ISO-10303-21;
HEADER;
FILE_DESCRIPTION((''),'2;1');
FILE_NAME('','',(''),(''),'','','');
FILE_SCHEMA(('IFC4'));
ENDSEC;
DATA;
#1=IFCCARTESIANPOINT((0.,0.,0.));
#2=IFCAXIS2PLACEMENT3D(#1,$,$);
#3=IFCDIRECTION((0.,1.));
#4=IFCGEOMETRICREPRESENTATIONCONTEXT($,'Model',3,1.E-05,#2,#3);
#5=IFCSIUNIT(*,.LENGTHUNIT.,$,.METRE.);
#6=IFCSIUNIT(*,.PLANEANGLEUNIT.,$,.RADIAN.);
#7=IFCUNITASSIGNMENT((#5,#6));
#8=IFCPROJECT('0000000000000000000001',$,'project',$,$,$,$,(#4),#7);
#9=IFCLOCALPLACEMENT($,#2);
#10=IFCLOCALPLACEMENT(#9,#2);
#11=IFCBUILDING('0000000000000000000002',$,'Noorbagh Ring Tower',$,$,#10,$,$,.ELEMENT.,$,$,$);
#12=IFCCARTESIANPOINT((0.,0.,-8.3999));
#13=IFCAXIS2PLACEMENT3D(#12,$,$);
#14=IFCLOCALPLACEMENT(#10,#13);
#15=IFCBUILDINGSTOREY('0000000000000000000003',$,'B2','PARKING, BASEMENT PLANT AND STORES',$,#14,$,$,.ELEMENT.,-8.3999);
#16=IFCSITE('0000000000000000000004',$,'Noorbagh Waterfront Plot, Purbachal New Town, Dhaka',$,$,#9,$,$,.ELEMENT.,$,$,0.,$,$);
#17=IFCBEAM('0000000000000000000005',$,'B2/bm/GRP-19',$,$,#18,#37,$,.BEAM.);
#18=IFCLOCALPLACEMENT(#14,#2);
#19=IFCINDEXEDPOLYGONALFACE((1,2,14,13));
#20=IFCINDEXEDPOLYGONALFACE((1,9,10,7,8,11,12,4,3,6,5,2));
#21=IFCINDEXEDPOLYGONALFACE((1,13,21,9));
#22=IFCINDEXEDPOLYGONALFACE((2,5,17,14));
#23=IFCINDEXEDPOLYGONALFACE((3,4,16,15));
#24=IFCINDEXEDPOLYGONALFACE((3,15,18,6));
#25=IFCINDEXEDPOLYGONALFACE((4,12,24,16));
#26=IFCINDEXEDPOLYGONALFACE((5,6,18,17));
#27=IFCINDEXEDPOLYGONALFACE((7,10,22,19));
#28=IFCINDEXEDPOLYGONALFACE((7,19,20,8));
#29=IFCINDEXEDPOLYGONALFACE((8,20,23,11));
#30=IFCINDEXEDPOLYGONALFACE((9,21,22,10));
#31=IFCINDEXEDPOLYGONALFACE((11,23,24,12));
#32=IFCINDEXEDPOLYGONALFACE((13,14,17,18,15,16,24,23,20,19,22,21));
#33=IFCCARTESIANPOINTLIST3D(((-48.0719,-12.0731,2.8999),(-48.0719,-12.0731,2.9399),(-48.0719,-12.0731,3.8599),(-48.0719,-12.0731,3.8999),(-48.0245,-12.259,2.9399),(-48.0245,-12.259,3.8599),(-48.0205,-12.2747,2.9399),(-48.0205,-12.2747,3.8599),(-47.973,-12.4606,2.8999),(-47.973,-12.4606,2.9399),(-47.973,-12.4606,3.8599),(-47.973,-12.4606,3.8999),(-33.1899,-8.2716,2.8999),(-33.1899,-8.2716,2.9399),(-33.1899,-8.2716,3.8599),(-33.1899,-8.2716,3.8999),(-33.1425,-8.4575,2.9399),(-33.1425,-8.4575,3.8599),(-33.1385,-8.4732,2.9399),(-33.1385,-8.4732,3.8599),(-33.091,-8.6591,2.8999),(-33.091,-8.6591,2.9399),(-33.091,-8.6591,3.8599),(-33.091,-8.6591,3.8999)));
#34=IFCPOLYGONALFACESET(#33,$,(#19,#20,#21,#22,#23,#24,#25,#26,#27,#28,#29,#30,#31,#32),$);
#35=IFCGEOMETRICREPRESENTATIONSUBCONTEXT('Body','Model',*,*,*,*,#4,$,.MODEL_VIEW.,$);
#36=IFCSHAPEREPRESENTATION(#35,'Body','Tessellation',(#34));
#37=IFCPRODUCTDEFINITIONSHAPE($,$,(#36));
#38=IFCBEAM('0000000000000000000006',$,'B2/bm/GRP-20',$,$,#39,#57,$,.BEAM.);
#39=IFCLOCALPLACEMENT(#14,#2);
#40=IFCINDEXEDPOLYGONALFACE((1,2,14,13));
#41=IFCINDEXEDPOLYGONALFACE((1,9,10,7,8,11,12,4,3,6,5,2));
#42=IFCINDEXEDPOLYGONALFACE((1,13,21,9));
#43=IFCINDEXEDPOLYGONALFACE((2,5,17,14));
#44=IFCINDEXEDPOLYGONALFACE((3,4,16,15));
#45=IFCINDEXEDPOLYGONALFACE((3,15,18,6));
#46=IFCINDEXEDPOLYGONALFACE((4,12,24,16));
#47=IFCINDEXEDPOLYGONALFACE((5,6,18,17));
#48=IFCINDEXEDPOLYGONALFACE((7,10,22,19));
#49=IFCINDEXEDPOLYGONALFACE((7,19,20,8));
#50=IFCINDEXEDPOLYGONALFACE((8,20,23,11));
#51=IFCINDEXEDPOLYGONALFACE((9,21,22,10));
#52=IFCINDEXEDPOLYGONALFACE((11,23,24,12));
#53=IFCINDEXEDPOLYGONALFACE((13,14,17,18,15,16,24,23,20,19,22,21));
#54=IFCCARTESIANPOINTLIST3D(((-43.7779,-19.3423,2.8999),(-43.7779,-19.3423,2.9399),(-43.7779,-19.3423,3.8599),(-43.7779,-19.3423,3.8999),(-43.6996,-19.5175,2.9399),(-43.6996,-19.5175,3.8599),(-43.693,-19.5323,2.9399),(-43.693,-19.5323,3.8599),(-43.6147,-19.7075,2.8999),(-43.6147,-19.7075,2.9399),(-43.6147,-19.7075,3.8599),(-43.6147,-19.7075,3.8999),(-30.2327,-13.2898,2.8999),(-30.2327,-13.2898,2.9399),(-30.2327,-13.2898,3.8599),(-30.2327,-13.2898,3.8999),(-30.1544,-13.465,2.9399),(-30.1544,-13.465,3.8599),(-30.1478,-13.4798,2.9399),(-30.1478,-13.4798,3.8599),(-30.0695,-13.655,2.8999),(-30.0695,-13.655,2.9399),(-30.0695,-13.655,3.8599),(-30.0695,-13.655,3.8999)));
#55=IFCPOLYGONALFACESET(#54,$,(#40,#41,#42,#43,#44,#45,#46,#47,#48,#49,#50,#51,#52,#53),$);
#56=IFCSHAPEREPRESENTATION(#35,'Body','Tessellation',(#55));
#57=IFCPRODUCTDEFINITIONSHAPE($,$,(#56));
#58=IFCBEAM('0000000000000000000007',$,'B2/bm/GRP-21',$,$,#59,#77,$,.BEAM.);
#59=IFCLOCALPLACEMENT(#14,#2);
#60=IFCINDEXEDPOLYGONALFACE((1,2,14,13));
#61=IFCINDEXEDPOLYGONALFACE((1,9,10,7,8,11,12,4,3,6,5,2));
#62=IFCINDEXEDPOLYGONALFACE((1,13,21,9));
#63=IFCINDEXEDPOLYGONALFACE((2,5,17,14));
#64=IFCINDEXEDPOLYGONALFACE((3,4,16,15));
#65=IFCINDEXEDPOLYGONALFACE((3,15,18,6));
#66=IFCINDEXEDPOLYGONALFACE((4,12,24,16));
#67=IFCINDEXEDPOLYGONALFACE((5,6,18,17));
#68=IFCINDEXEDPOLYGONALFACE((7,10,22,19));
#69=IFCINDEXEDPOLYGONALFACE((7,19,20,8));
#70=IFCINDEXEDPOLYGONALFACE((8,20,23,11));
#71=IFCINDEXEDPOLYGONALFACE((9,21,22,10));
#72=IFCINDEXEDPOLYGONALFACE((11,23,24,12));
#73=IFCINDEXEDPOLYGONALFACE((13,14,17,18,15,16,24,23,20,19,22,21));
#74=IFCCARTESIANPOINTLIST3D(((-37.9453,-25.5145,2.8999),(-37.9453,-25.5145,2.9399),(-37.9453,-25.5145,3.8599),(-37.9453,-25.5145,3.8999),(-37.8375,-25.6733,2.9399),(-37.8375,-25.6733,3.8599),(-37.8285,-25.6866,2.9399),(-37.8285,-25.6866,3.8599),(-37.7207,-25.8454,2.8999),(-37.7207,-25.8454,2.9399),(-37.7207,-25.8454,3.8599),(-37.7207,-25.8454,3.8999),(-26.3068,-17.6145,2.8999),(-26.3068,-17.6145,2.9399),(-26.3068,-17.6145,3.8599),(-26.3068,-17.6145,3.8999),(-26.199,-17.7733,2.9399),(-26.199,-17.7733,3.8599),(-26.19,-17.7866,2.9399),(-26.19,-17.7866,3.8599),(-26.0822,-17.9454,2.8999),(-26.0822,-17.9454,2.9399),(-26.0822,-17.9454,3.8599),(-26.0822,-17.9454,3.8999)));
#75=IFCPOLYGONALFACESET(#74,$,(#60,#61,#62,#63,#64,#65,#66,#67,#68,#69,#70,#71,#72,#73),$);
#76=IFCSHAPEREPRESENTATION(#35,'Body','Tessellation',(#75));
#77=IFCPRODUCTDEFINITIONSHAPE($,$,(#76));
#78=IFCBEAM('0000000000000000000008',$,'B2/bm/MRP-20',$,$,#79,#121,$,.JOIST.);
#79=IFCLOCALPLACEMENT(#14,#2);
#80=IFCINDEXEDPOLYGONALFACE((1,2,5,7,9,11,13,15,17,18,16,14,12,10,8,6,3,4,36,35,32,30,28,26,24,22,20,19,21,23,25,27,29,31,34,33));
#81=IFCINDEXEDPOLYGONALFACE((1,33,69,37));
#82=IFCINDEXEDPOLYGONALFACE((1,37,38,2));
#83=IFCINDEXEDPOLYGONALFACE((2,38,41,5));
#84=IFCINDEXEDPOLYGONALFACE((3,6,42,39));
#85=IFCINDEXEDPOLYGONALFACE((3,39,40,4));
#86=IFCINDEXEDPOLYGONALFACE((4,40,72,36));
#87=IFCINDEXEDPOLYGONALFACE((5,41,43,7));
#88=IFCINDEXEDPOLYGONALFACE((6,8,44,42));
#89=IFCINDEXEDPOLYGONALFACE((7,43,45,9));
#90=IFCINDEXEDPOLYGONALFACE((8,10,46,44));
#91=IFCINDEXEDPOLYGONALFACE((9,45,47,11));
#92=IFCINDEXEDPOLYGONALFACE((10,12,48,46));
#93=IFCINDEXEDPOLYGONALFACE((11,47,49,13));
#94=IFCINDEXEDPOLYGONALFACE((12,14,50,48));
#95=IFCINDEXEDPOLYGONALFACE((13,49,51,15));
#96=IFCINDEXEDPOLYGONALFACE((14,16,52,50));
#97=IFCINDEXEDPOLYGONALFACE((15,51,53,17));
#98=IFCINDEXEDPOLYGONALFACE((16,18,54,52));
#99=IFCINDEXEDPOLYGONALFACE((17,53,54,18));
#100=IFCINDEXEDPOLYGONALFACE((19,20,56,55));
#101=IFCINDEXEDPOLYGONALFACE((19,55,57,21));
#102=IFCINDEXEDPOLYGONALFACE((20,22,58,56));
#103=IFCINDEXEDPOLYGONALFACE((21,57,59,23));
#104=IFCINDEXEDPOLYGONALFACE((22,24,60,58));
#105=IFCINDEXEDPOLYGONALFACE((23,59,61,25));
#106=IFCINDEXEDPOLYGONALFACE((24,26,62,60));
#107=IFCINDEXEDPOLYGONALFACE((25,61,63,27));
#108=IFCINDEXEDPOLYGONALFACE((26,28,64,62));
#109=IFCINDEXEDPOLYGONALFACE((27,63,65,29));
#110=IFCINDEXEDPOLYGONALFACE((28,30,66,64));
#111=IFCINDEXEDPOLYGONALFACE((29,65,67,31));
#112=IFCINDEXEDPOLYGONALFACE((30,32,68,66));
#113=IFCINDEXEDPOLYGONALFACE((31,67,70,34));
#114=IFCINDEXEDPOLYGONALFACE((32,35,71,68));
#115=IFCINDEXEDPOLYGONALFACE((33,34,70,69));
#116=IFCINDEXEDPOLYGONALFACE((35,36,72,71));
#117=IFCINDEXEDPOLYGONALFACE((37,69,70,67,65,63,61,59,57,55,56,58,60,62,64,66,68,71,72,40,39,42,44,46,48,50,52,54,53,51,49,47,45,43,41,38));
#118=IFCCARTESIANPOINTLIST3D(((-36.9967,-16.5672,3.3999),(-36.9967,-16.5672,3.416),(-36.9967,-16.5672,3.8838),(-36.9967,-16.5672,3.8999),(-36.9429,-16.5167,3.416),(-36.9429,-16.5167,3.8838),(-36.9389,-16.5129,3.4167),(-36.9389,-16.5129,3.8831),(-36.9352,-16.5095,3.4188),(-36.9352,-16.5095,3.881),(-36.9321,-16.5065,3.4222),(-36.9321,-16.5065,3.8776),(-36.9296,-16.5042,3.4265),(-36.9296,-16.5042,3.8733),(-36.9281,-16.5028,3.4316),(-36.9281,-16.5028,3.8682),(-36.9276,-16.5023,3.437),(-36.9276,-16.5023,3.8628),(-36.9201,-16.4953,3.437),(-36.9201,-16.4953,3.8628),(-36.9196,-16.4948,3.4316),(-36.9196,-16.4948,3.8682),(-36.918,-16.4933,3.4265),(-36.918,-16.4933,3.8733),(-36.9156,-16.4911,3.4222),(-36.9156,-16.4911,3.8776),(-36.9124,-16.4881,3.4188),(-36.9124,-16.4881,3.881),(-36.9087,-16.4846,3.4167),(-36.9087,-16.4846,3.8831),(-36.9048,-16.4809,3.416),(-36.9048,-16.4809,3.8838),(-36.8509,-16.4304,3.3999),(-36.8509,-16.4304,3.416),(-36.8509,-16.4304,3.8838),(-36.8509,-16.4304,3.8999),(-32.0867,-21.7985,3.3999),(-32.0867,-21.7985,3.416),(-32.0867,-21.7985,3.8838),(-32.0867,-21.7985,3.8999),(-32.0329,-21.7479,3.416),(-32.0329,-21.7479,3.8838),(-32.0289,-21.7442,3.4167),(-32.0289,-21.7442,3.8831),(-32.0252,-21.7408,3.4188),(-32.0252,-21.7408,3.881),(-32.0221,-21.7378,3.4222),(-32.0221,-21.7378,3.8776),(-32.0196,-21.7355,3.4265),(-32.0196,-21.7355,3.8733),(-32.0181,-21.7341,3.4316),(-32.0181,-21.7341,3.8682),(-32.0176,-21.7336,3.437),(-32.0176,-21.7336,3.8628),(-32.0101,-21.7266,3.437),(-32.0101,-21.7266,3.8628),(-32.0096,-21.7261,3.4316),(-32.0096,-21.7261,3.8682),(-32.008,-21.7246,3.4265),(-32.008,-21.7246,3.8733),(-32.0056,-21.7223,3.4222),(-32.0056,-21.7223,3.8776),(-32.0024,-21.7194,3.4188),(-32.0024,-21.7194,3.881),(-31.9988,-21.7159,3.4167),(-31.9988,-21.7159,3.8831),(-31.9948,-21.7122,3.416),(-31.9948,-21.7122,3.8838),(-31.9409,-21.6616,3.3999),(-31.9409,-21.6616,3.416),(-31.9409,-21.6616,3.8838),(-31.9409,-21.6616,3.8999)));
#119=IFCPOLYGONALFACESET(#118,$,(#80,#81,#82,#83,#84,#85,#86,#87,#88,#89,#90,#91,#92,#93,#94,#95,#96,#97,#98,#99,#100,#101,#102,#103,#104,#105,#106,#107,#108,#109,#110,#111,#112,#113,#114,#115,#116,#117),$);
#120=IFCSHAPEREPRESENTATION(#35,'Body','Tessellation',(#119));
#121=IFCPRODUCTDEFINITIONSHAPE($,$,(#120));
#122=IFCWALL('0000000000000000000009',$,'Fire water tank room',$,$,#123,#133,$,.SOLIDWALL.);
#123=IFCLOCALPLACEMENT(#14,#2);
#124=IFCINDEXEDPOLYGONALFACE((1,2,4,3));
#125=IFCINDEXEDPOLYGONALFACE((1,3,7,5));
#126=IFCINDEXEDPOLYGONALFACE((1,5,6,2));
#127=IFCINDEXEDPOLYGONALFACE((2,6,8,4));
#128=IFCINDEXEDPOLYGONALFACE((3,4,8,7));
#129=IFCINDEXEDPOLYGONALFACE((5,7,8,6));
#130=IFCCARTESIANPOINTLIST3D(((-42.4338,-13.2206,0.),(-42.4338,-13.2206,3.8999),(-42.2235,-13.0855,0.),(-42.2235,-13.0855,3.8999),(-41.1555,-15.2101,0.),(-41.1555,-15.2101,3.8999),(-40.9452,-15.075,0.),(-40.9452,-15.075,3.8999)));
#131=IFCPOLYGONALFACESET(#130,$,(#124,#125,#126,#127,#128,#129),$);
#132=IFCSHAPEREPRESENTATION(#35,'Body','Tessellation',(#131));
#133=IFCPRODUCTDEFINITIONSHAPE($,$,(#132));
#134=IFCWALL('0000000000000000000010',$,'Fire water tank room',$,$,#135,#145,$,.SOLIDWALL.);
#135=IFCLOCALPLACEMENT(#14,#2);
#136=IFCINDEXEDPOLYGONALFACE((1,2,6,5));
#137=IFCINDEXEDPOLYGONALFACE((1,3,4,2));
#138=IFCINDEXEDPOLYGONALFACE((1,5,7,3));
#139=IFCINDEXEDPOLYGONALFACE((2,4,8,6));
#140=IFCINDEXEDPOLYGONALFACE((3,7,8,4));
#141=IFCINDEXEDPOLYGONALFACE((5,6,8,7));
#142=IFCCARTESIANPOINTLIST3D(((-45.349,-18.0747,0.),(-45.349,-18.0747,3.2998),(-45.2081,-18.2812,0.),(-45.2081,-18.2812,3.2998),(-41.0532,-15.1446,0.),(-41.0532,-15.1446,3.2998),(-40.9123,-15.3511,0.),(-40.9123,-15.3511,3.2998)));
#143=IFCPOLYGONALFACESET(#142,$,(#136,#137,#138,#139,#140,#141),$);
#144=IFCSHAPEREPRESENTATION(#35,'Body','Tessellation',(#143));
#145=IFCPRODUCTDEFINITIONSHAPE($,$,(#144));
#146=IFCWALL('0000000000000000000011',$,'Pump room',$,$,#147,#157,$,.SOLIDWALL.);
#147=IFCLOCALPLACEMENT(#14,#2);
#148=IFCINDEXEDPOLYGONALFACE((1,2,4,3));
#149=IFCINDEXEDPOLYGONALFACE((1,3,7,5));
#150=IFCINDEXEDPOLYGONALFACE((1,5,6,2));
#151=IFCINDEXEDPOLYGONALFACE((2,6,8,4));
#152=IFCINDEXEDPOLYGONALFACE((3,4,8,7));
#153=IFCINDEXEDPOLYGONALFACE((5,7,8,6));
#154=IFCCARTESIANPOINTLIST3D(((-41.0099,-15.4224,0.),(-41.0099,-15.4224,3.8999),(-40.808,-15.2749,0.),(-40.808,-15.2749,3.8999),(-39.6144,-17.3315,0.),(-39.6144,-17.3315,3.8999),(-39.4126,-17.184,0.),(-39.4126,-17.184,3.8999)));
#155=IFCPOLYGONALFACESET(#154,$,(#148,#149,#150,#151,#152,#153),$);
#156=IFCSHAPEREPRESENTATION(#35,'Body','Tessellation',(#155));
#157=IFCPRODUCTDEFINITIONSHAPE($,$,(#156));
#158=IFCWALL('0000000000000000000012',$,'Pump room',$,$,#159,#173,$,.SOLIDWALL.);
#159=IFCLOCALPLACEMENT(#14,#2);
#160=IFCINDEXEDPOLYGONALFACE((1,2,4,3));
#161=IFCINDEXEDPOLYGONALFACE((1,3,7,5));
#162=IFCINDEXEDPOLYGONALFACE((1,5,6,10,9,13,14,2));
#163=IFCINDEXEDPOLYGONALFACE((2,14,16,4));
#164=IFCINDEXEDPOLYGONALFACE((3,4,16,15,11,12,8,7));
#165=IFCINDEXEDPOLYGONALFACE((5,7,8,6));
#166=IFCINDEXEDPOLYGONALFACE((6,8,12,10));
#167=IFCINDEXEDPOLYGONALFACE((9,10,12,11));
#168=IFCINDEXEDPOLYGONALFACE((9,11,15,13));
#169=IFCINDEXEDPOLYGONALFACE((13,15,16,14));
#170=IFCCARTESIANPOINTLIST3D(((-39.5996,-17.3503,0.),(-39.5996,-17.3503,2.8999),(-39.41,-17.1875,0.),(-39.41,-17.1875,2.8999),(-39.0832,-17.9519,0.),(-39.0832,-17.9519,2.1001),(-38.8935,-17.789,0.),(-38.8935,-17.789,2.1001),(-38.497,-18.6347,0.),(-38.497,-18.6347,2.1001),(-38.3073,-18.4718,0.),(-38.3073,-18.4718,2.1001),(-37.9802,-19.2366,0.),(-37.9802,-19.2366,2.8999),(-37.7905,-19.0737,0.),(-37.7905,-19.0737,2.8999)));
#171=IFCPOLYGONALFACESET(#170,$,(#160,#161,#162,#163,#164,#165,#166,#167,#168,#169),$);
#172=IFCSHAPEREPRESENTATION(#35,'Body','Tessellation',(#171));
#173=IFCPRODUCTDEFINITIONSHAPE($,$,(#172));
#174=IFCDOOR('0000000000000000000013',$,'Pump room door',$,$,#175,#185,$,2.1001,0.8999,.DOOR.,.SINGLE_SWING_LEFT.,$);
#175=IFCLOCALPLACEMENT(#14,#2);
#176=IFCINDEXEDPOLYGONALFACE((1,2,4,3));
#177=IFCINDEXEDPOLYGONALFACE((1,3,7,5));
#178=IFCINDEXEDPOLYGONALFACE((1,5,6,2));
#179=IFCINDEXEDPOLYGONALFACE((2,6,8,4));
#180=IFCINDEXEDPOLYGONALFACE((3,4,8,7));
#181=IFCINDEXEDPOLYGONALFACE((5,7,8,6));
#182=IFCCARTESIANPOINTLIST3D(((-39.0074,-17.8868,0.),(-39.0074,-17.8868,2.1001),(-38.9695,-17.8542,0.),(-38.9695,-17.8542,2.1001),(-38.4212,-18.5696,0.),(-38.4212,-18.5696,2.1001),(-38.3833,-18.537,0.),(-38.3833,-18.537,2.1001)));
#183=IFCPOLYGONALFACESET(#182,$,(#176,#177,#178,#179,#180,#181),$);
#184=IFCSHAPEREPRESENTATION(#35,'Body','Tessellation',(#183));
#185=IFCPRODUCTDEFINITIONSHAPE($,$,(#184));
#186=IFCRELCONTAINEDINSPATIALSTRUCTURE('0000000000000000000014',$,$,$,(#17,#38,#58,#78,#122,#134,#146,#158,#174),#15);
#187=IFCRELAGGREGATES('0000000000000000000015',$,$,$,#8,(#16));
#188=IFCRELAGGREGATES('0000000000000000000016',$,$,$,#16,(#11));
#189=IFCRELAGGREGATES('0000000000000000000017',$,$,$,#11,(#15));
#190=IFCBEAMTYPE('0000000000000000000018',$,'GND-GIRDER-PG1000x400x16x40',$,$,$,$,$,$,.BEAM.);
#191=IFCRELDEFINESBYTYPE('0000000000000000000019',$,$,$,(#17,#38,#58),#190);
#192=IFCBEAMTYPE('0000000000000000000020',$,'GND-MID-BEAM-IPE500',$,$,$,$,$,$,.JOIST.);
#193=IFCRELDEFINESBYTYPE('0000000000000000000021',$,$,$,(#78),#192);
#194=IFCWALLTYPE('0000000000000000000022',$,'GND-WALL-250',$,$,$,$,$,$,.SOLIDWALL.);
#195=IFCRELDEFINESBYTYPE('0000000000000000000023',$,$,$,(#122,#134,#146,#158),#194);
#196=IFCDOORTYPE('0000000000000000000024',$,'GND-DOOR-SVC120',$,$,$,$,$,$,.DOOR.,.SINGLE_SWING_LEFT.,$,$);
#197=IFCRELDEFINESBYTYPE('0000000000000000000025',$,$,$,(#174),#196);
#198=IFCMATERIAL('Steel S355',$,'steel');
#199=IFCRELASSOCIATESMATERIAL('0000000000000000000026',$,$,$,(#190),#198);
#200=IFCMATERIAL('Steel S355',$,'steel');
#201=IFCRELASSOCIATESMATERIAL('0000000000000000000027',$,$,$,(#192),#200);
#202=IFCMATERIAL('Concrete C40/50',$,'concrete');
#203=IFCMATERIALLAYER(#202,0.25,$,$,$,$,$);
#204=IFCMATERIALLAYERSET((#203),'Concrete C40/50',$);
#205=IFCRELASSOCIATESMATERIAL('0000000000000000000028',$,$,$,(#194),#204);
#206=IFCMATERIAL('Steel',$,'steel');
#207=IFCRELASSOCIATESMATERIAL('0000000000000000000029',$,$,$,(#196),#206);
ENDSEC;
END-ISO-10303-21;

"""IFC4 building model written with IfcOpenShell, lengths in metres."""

from ifc_helpers import new_model, si_unit, direction, frame, frame_2d, origin, origin_2d, place, context, subcontext, project, spatial, rectangle, i_section, extrude, material, layer, layer_set, material_profile, profile_set, type_object, element, fill, save


model = new_model("IFC4")

# Units and contexts
model_context = context("Model", 3, precision=1e-05, world=origin(), true_north=direction((0.0, 1.0)))
body_context = subcontext(model_context, "Body", "Model", "MODEL_VIEW")
ifc_project = project(units=[si_unit("LENGTHUNIT", "METRE"), si_unit("PLANEANGLEUNIT", "RADIAN")], contexts=[model_context])

# Site, building, storey
site_placement = place(None, origin())
site = spatial("IfcSite", under=ifc_project, at=site_placement, Name="Noorbagh Waterfront Plot, Purbachal New Town, Dhaka", CompositionType="ELEMENT", RefElevation=0.0)
building_placement = place(site_placement, origin())
building = spatial("IfcBuilding", under=site, at=building_placement, Name="Noorbagh Ring Tower", CompositionType="ELEMENT")
storey_placement = place(building_placement, frame((0.0, 0.0, -8.3999)))
storey = spatial("IfcBuildingStorey", under=building, at=storey_placement, Name="B2", Description="PARKING, BASEMENT PLANT AND STORES", CompositionType="ELEMENT", Elevation=-8.3999)

# Beams
ifc_material_1 = material(Name="Steel S355", Category="steel")
ifc_material_profile_1 = material_profile(ifc_material_1, i_section(OverallWidth=0.3999, OverallDepth=1.0, WebThickness=0.0161, FlangeThickness=0.04, at=origin_2d()), Name="PG1000x400x16x40")
ifc_profile_set_1 = profile_set([ifc_material_profile_1], Name="Steel S355")
beam_type_1 = type_object("IfcBeamType", Name="GND-GIRDER-PG1000x400x16x40", PredefinedType="BEAM", material=ifc_profile_set_1)
beam_1_placement = place(storey_placement, frame((-48.0225, -12.2668, 3.3999), z_axis=(0.968889, 0.247495, 0.0), x_axis=(-0.247495, 0.968889, 0.0)))
element("IfcBeam", 1, at=beam_1_placement, inside=storey, type_object=beam_type_1, Name="B2/bm/GRP-19", PredefinedType="BEAM", context=body_context, shape_type="SweptSolid", body=[
    extrude(i_section(OverallWidth=0.3999, OverallDepth=1.0, WebThickness=0.0161, FlangeThickness=0.04, at=origin_2d()), origin(), (0.0, 0.0, 1.0), 15.3599),
])
beam_2_placement = place(storey_placement, frame((-43.6963, -19.5249, 3.3999), z_axis=(0.912999, 0.407962, 0.0), x_axis=(-0.407962, 0.912999, 0.0)))
element("IfcBeam", 2, at=beam_2_placement, inside=storey, type_object=beam_type_1, Name="B2/bm/GRP-20", PredefinedType="BEAM", context=body_context, shape_type="SweptSolid", body=[
    extrude(i_section(OverallWidth=0.3999, OverallDepth=1.0, WebThickness=0.0161, FlangeThickness=0.04, at=origin_2d()), origin(), (0.0, 0.0, 1.0), 14.8359),
])
beam_3_placement = place(storey_placement, frame((-37.833, -25.6799, 3.3999), z_axis=(0.827397, 0.561618, 0.0), x_axis=(-0.561618, 0.827397, 0.0)))
element("IfcBeam", 3, at=beam_3_placement, inside=storey, type_object=beam_type_1, Name="B2/bm/GRP-21", PredefinedType="BEAM", context=body_context, shape_type="SweptSolid", body=[
    extrude(i_section(OverallWidth=0.3999, OverallDepth=1.0, WebThickness=0.0161, FlangeThickness=0.04, at=origin_2d()), origin(), (0.0, 0.0, 1.0), 14.0664),
])
ifc_material_2 = material(Name="Steel S355", Category="steel")
ifc_material_profile_2 = material_profile(ifc_material_2, i_section(OverallWidth=0.2, OverallDepth=0.5, WebThickness=0.0103, FlangeThickness=0.0161, FilletRadius=0.021, at=origin_2d()), Name="IPE500")
ifc_profile_set_2 = profile_set([ifc_material_profile_2], Name="Steel S355")
beam_type_2 = type_object("IfcBeamType", Name="GND-MID-BEAM-IPE500", PredefinedType="JOIST", material=ifc_profile_set_2)
beam_4_placement = place(storey_placement, frame((-36.9238, -16.4988, 3.6499), z_axis=(0.684361, -0.729143, 0.0), x_axis=(0.729143, 0.684361, 0.0)))
element("IfcBeam", 4, at=beam_4_placement, inside=storey, type_object=beam_type_2, Name="B2/bm/MRP-20", PredefinedType="JOIST", context=body_context, shape_type="SweptSolid", body=[
    extrude(i_section(OverallWidth=0.2, OverallDepth=0.5, WebThickness=0.0103, FlangeThickness=0.0161, FilletRadius=0.021, at=origin_2d()), origin(), (0.0, 0.0, 1.0), 7.1746),
])

# Walls
ifc_material_3 = material(Name="Concrete C40/50", Category="concrete")
ifc_layer_1 = layer(ifc_material_3, 0.25)
ifc_layer_set_1 = layer_set([ifc_layer_1], Name="Concrete C40/50")
wall_type_1 = type_object("IfcWallType", Name="GND-WALL-250", PredefinedType="SOLIDWALL", material=ifc_layer_set_1)
wall_1_placement = place(storey_placement, frame((-42.3286, -13.1531, 0.0), z_axis=(0.0, 0.0, 1.0), x_axis=(0.540565, -0.841303, 0.0)))
element("IfcWall", 5, at=wall_1_placement, inside=storey, type_object=wall_type_1, Name="Fire water tank room", PredefinedType="SOLIDWALL", context=body_context, shape_type="SweptSolid", body=[
    extrude(rectangle(XDim=2.3647, YDim=0.25, at=frame_2d((1.1824, 0.0))), origin(), (0.0, 0.0, 1.0), 3.8999),
])
wall_2_placement = place(storey_placement, frame((-40.9827, -15.2478, 0.0), z_axis=(0.0, 0.0, 1.0), x_axis=(-0.826124, -0.563488, 0.0)))
element("IfcWall", 6, at=wall_2_placement, inside=storey, type_object=wall_type_1, Name="Fire water tank room", PredefinedType="SOLIDWALL", context=body_context, shape_type="SweptSolid", body=[
    extrude(rectangle(XDim=5.2, YDim=0.25, at=frame_2d((2.6001, 0.0))), origin(), (0.0, 0.0, 1.0), 3.2998),
])
wall_3_placement = place(storey_placement, frame((-40.9089, -15.3486, 0.0), z_axis=(0.0, 0.0, 1.0), x_axis=(0.59011, -0.807323, 0.0)))
element("IfcWall", 7, at=wall_3_placement, inside=storey, type_object=wall_type_1, Name="Pump room", PredefinedType="SOLIDWALL", context=body_context, shape_type="SweptSolid", body=[
    extrude(rectangle(XDim=2.3647, YDim=0.25, at=frame_2d((1.1824, 0.0))), origin(), (0.0, 0.0, 1.0), 3.8999),
])

# Wall, opening, door
wall_4_placement = place(storey_placement, frame((-39.5049, -17.2688, 0.0), z_axis=(0.0, 0.0, 1.0), x_axis=(0.651398, -0.758736, 0.0)))
wall_4 = element("IfcWall", 8, at=wall_4_placement, inside=storey, type_object=wall_type_1, Name="Pump room", PredefinedType="SOLIDWALL", context=body_context, shape_type="SweptSolid", body=[
    extrude(rectangle(XDim=2.4861, YDim=0.25, at=frame_2d((1.2432, 0.0))), origin(), (0.0, 0.0, 1.0), 2.8999),
])
opening_placement = place(wall_4_placement, frame((0.793, 0.0, 0.0)))
opening = element("IfcOpeningElement", 9, at=opening_placement, cuts=wall_4, PredefinedType="OPENING", context=body_context, shape_type="SweptSolid", body=[
    extrude(rectangle(XDim=0.8999, YDim=2.1001, at=frame_2d((0.45, 1.05))), frame((0.0, 0.135, 0.0), z_axis=(0.0, -1.0, 0.0), x_axis=(1.0, 0.0, 0.0)), (0.0, 0.0, 1.0), 0.27),
])
ifc_material_4 = material(Name="Steel", Category="steel")
door_type = type_object("IfcDoorType", Name="GND-DOOR-SVC120", OperationType="SINGLE_SWING_LEFT", PredefinedType="DOOR", material=ifc_material_4)
door_placement = place(opening_placement, origin())
door = element("IfcDoor", 10, at=door_placement, inside=storey, type_object=door_type, Name="Pump room door", OperationType="SINGLE_SWING_LEFT", OverallHeight=2.1001, OverallWidth=0.8999, PredefinedType="DOOR", context=body_context, shape_type="SweptSolid", body=[
    extrude(rectangle(XDim=0.8999, YDim=2.1001, at=frame_2d((0.45, 1.05))), frame((0.0, 0.0249, 0.0), z_axis=(0.0, -1.0, 0.0), x_axis=(1.0, 0.0, 0.0)), (0.0, 0.0, 1.0), 0.05),
])
fill(opening, door)

save(model, "model.ifc")
